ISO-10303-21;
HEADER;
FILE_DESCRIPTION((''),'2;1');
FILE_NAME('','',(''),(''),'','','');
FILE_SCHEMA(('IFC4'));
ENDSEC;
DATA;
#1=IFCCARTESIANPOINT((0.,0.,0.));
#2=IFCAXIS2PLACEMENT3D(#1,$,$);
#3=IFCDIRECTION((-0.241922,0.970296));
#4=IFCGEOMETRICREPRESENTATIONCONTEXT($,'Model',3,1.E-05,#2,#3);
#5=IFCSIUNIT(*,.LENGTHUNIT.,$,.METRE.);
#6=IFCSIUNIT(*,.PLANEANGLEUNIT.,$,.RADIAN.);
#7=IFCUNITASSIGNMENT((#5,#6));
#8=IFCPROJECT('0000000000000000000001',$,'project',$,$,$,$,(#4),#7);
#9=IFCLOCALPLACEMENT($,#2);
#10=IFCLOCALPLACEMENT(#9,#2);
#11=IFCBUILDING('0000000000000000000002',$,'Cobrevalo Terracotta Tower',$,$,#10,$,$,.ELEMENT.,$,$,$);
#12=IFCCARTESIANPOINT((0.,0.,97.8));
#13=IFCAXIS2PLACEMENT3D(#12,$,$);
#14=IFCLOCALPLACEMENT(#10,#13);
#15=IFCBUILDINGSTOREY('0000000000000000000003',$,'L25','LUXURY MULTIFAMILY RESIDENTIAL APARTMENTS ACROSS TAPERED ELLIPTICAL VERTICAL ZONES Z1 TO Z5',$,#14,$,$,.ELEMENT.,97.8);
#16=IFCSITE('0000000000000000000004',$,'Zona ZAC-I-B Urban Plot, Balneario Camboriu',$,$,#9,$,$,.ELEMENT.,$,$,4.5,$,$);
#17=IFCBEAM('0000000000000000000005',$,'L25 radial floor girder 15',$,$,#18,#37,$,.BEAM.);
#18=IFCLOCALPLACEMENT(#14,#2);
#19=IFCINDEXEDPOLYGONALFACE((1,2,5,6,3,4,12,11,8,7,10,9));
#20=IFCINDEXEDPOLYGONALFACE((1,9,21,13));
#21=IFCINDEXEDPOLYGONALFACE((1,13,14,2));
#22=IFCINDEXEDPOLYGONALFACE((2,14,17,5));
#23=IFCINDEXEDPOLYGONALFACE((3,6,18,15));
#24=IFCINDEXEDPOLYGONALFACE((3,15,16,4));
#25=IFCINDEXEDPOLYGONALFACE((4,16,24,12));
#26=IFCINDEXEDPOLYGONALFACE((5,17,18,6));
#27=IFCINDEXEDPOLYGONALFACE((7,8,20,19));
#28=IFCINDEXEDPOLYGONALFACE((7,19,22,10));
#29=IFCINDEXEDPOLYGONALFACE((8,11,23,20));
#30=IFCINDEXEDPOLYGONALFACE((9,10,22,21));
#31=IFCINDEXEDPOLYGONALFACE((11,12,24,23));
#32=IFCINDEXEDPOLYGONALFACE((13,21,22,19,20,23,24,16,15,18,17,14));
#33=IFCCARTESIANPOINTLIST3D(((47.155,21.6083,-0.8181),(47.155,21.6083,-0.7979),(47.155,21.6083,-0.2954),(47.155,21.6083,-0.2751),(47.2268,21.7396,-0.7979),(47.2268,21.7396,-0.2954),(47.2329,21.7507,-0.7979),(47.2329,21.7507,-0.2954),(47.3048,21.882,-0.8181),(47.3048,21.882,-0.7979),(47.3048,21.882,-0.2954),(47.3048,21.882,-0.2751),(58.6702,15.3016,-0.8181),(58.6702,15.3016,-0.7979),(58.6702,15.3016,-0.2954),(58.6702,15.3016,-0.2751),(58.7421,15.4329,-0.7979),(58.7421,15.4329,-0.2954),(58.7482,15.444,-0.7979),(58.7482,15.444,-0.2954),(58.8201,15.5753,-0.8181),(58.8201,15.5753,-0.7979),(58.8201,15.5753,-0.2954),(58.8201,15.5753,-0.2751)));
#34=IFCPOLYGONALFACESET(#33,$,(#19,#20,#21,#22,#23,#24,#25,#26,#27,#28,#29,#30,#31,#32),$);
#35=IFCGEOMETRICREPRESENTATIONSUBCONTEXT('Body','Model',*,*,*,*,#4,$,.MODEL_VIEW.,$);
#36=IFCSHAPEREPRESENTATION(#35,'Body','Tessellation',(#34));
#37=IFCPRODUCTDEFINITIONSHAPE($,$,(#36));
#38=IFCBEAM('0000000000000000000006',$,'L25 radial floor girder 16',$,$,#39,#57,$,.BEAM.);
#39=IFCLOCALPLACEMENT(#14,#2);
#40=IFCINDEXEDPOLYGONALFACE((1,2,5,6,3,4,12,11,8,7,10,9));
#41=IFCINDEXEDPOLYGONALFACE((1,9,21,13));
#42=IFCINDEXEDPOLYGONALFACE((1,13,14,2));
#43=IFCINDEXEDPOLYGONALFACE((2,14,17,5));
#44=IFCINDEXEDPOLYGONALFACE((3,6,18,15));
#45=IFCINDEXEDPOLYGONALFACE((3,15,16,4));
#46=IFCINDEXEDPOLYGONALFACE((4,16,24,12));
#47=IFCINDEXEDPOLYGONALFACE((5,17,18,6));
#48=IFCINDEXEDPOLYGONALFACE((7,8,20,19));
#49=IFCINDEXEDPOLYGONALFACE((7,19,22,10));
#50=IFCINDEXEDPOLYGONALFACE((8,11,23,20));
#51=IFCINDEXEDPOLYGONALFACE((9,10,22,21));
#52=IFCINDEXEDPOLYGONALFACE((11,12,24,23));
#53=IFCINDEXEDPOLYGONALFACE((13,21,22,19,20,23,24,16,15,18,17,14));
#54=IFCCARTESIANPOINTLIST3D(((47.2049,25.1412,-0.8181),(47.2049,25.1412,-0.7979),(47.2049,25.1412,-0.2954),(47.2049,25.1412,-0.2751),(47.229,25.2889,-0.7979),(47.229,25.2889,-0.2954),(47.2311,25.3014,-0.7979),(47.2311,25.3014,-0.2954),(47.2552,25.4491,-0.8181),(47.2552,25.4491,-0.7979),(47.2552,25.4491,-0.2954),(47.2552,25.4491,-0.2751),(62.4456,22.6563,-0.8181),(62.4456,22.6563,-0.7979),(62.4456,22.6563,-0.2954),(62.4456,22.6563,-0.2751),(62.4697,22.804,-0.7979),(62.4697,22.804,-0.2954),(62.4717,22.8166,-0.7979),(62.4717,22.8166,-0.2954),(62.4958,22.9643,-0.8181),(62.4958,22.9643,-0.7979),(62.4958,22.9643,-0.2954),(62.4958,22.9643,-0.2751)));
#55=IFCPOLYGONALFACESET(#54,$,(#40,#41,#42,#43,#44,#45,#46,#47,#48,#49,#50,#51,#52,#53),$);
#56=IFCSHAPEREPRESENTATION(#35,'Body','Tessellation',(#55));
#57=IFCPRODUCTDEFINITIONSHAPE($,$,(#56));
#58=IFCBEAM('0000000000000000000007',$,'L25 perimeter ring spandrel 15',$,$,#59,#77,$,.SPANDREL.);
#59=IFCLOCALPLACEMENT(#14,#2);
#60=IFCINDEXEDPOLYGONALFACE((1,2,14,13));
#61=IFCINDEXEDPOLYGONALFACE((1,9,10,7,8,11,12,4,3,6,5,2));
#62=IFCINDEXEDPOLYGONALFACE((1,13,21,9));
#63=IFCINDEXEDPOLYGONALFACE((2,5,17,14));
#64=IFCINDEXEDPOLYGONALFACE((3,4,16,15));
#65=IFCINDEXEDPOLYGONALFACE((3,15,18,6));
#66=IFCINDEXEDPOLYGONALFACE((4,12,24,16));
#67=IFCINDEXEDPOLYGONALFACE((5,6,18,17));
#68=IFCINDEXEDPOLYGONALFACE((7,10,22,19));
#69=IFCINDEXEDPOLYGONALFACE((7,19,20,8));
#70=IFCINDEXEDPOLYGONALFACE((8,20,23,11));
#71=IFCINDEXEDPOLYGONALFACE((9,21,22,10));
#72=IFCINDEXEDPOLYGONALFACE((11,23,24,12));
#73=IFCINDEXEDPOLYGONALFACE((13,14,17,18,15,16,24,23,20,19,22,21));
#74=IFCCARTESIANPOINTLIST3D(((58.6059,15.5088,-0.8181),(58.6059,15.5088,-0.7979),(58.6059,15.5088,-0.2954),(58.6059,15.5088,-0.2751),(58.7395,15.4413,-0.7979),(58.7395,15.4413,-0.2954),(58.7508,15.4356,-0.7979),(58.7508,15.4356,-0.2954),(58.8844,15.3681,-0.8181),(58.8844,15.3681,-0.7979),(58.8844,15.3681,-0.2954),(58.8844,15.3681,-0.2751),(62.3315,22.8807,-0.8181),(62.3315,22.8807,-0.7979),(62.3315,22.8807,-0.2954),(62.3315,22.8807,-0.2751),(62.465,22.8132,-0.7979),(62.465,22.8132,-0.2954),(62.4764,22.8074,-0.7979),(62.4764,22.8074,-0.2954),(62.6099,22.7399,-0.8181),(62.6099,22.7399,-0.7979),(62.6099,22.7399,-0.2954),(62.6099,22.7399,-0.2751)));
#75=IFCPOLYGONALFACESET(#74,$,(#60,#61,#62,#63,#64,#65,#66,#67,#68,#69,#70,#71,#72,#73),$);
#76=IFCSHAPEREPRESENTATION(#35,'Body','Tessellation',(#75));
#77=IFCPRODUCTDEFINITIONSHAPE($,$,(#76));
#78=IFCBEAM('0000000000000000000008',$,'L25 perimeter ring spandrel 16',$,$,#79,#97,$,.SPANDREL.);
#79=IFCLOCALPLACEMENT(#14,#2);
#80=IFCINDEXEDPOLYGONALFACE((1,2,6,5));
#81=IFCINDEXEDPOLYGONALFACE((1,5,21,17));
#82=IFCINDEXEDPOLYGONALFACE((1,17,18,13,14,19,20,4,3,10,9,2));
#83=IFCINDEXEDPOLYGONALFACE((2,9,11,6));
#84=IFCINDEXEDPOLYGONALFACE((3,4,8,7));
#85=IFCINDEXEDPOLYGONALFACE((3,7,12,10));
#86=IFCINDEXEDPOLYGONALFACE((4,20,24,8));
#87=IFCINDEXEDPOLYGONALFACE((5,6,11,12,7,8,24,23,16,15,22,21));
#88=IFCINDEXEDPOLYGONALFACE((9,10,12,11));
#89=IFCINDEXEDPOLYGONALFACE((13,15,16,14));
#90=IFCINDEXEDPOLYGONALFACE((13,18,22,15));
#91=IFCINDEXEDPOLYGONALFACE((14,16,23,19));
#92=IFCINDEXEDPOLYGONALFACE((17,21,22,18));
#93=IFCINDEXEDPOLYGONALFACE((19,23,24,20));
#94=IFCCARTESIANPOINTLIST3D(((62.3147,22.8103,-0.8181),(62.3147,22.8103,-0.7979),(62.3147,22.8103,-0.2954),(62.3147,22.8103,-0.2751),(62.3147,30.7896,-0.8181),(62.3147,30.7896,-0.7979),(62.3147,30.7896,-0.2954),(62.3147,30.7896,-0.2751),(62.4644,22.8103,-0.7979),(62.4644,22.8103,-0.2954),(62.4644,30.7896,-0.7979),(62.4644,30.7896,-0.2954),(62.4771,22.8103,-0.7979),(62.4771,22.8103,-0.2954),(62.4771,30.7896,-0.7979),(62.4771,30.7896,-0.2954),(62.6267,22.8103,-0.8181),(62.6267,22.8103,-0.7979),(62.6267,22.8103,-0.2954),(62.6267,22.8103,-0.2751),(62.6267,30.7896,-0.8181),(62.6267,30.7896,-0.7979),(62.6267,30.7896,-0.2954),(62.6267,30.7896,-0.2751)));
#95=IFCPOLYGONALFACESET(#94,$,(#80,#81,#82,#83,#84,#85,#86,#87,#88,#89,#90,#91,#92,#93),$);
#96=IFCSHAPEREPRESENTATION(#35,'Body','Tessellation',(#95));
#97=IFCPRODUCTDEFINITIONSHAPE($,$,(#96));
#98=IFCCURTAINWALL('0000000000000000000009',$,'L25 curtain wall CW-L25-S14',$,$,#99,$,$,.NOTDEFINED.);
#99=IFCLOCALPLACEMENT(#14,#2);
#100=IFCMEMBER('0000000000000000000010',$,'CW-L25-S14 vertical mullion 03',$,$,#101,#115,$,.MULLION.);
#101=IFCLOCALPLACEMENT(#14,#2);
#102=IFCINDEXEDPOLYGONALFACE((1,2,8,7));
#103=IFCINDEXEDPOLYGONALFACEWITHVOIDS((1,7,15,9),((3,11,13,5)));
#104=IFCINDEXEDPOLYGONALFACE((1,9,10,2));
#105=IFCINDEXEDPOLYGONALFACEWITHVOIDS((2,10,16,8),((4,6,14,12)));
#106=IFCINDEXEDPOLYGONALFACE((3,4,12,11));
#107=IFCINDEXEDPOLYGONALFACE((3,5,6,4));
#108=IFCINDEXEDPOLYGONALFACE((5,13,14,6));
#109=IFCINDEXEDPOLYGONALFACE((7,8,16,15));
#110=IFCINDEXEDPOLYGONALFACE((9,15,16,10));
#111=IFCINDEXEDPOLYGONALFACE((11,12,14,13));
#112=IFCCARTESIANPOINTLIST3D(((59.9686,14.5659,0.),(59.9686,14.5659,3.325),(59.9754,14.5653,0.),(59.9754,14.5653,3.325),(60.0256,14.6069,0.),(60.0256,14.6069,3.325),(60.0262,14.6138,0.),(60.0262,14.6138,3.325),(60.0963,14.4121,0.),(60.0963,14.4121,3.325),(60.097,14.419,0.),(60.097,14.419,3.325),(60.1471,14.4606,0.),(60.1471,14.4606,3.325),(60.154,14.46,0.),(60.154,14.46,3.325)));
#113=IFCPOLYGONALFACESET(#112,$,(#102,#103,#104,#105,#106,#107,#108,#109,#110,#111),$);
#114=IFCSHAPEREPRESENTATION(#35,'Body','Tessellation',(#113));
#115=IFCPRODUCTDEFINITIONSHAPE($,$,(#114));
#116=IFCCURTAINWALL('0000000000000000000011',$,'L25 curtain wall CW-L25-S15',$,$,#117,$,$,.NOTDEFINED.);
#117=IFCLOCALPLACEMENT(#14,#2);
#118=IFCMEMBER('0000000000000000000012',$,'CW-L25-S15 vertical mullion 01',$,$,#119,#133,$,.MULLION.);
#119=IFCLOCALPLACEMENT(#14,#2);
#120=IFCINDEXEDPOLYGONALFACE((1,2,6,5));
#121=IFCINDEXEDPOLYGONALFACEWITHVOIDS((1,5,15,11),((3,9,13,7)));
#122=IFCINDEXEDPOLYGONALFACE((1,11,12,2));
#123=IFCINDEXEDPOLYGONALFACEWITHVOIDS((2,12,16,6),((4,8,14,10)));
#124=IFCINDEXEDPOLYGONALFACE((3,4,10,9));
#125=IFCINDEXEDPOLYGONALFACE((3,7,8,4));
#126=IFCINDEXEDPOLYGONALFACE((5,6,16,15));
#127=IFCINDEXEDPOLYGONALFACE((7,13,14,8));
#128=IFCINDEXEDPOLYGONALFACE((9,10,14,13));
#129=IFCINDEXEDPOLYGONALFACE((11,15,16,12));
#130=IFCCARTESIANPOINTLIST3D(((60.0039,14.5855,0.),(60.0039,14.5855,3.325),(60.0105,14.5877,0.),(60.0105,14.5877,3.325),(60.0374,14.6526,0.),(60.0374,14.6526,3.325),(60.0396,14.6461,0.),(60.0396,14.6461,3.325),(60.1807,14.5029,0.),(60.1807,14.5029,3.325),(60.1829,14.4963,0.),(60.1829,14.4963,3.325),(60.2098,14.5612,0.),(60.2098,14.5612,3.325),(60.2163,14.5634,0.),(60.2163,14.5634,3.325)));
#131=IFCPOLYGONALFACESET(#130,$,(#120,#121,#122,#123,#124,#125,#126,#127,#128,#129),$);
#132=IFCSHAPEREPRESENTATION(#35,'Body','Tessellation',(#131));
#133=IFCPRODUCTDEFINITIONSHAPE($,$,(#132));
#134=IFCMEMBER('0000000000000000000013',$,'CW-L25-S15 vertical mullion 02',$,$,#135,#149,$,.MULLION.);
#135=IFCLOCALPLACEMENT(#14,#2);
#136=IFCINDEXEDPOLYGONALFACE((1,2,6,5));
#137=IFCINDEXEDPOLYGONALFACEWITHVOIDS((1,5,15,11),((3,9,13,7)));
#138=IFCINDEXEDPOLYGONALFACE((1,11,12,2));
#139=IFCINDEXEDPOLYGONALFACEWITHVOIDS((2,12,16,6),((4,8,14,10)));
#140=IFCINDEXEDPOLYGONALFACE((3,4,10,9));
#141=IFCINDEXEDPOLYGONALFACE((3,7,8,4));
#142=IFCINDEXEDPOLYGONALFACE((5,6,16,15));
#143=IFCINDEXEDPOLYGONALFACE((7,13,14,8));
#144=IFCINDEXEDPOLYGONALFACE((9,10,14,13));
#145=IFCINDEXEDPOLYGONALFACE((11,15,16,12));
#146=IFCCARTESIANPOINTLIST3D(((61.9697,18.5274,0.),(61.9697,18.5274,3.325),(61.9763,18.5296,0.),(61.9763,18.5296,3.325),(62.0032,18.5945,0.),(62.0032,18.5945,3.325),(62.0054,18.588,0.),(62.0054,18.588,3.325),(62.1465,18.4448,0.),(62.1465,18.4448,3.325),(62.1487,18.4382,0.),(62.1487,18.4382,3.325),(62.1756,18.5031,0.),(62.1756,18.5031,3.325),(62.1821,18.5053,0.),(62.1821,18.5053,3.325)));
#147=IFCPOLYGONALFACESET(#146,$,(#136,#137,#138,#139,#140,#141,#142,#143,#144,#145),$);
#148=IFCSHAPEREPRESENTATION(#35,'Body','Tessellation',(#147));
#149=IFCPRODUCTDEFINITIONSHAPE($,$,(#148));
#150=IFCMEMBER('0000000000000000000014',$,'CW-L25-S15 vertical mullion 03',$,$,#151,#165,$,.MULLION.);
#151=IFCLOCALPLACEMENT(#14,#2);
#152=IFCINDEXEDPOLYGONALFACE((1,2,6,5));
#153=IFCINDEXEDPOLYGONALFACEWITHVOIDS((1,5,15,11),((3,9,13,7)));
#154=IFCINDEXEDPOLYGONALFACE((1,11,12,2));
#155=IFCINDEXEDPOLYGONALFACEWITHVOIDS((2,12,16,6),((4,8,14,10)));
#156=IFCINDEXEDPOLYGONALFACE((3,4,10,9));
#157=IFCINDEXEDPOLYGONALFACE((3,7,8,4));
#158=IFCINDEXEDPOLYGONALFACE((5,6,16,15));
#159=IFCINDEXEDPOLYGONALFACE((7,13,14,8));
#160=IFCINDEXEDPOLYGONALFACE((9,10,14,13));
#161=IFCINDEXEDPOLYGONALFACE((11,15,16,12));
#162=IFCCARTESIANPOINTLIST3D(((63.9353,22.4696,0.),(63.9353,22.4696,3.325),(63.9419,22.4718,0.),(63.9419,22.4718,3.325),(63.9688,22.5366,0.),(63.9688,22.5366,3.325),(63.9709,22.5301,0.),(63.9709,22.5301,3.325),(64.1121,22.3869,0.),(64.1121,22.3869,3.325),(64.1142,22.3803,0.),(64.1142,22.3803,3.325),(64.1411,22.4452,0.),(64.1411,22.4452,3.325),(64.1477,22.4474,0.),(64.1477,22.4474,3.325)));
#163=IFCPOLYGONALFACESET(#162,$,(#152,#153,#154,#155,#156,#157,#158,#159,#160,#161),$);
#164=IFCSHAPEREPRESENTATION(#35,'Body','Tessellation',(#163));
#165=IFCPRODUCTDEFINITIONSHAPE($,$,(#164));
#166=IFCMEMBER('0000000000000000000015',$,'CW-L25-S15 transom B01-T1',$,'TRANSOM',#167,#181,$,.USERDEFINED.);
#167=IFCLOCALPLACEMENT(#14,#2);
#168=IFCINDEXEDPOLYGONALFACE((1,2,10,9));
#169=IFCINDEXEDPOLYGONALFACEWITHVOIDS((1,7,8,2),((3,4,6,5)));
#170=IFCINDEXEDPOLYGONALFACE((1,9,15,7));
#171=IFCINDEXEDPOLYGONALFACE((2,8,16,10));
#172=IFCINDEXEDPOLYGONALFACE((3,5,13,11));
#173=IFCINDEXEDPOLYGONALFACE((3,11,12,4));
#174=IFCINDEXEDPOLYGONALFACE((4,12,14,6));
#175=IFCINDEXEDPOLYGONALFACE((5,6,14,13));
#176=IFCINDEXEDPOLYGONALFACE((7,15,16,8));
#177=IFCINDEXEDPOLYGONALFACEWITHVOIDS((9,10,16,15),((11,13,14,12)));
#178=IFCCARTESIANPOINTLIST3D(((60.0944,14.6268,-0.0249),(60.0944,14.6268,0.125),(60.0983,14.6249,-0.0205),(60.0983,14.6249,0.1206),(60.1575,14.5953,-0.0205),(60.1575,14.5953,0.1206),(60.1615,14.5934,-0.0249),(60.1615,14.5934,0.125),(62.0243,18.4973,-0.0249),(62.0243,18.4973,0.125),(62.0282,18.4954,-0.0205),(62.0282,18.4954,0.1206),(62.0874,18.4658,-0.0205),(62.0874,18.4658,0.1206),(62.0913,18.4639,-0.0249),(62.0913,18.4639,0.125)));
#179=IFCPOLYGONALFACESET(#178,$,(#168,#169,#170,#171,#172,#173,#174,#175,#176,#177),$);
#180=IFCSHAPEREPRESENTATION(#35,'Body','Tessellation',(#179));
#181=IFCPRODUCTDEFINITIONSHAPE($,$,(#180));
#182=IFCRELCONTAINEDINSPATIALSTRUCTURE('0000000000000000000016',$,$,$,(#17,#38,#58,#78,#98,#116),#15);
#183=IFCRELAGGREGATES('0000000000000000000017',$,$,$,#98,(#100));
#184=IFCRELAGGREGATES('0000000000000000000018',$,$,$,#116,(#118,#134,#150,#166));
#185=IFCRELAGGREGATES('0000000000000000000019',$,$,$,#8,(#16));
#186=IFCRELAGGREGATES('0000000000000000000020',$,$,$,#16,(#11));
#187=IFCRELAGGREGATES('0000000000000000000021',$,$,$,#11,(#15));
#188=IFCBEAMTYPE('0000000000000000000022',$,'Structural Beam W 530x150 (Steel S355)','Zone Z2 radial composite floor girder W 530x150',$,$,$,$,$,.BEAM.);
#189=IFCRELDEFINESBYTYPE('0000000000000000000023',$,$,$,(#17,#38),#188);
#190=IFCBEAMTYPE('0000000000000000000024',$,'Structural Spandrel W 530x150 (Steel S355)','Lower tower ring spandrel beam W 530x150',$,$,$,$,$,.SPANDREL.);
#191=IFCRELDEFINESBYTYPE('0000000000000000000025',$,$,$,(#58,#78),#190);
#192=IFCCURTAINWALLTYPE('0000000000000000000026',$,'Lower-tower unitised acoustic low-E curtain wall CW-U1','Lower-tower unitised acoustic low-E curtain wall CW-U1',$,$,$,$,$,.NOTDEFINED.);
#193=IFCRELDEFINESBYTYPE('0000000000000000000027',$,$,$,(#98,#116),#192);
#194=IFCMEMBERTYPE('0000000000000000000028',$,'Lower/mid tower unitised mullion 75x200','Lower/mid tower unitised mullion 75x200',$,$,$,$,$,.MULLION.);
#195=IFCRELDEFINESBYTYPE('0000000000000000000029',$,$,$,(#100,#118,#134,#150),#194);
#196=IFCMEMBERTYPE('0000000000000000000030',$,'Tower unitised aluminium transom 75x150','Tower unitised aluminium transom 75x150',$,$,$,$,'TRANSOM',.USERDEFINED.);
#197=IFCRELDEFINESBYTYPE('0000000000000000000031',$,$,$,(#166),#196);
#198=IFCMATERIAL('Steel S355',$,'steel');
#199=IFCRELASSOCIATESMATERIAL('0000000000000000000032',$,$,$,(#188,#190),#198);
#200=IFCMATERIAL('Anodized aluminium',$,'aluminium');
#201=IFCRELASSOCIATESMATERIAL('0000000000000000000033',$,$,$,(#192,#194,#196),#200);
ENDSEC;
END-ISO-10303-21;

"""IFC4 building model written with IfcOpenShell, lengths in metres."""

from ifc_helpers import new_model, si_unit, direction, frame, origin, origin_2d, place, context, subcontext, project, spatial, hollow_rectangle, i_section, extrude, source, transform, mapped, material, material_profile, profile_set, type_object, element, aggregate, save


model = new_model("IFC4")

# Units and contexts
model_context = context("Model", 3, precision=1e-05, world=origin(), true_north=direction((-0.241922, 0.970296)))
body_context = subcontext(model_context, "Body", "Model", "MODEL_VIEW")
ifc_project = project(units=[si_unit("LENGTHUNIT", "METRE"), si_unit("PLANEANGLEUNIT", "RADIAN")], contexts=[model_context])

# Site, building, storey
site_placement = place(None, origin())
site = spatial("IfcSite", under=ifc_project, at=site_placement, Name="Zona ZAC-I-B Urban Plot, Balneario Camboriu", CompositionType="ELEMENT", RefElevation=4.5)
building_placement = place(site_placement, origin())
building = spatial("IfcBuilding", under=site, at=building_placement, Name="Cobrevalo Terracotta Tower", CompositionType="ELEMENT")
storey_placement = place(building_placement, frame((0.0, 0.0, 97.8)))
storey = spatial("IfcBuildingStorey", under=building, at=storey_placement, Name="L25", Description="LUXURY MULTIFAMILY RESIDENTIAL APARTMENTS ACROSS TAPERED ELLIPTICAL VERTICAL ZONES Z1 TO Z5", CompositionType="ELEMENT", Elevation=97.8)

# Shared definitions
ifc_material_1 = material(Name="Steel S355", Category="steel")

# Beams
ifc_material_profile_1 = material_profile(ifc_material_1, i_section(OverallWidth=0.312, OverallDepth=0.543, WebThickness=0.0127, FlangeThickness=0.0203, at=origin_2d()), Name="W 530x150")
ifc_profile_set_1 = profile_set([ifc_material_profile_1], Name="Steel S355")
beam_type_1 = type_object("IfcBeamType", Name="Structural Beam W 530x150 (Steel S355)", Description="Zone Z2 radial composite floor girder W 530x150", PredefinedType="BEAM", material=ifc_profile_set_1)
beam_1_placement = place(storey_placement, frame((58.7451, 15.4385, -0.5466), z_axis=(-0.877073, 0.480358, 0.0), x_axis=(-0.480358, -0.877073, 0.0)))
element("IfcBeam", 1, at=beam_1_placement, inside=storey, type_object=beam_type_1, Name="L25 radial floor girder 15", PredefinedType="BEAM", context=body_context, shape_type="SweptSolid", body=[
    extrude(i_section(OverallWidth=0.312, OverallDepth=0.543, WebThickness=0.0127, FlangeThickness=0.0203, at=origin_2d()), origin(), (0.0, 0.0, 1.0), 13.1292),
])
beam_2_placement = place(storey_placement, frame((62.4707, 22.8103, -0.5466), z_axis=(-0.986968, 0.160916, 0.0), x_axis=(-0.160916, -0.986968, 0.0)))
element("IfcBeam", 2, at=beam_2_placement, inside=storey, type_object=beam_type_1, Name="L25 radial floor girder 16", PredefinedType="BEAM", context=body_context, shape_type="SweptSolid", body=[
    extrude(i_section(OverallWidth=0.312, OverallDepth=0.543, WebThickness=0.0127, FlangeThickness=0.0203, at=origin_2d()), origin(), (0.0, 0.0, 1.0), 15.4419),
])
ifc_material_profile_2 = material_profile(ifc_material_1, i_section(OverallWidth=0.312, OverallDepth=0.543, WebThickness=0.0127, FlangeThickness=0.0203, at=origin_2d()), Name="W 530x150")
ifc_profile_set_2 = profile_set([ifc_material_profile_2], Name="Steel S355")
beam_type_2 = type_object("IfcBeamType", Name="Structural Spandrel W 530x150 (Steel S355)", Description="Lower tower ring spandrel beam W 530x150", PredefinedType="SPANDREL", material=ifc_profile_set_2)
beam_3_placement = place(storey_placement, frame((58.7451, 15.4385, -0.5466), z_axis=(0.451052, 0.892498, 0.0), x_axis=(-0.892498, 0.451052, 0.0)))
element("IfcBeam", 3, at=beam_3_placement, inside=storey, type_object=beam_type_2, Name="L25 perimeter ring spandrel 15", PredefinedType="SPANDREL", context=body_context, shape_type="SweptSolid", body=[
    extrude(i_section(OverallWidth=0.312, OverallDepth=0.543, WebThickness=0.0127, FlangeThickness=0.0203, at=origin_2d()), origin(), (0.0, 0.0, 1.0), 8.2598),
])
beam_4_placement = place(storey_placement, frame((62.4707, 22.8103, -0.5466), z_axis=(0.0, 1.0, 0.0), x_axis=(-1.0, 0.0, 0.0)))
element("IfcBeam", 4, at=beam_4_placement, inside=storey, type_object=beam_type_2, Name="L25 perimeter ring spandrel 16", PredefinedType="SPANDREL", context=body_context, shape_type="SweptSolid", body=[
    extrude(i_section(OverallWidth=0.312, OverallDepth=0.543, WebThickness=0.0127, FlangeThickness=0.0203, at=origin_2d()), origin(), (0.0, 0.0, 1.0), 7.9792),
])

# Curtain wall, member
ifc_material_2 = material(Name="Anodized aluminium", Category="aluminium")
curtain_wall_type = type_object("IfcCurtainWallType", Name="Lower-tower unitised acoustic low-E curtain wall CW-U1", Description="Lower-tower unitised acoustic low-E curtain wall CW-U1", PredefinedType="NOTDEFINED", material=ifc_material_2)
curtain_wall_1_placement = place(storey_placement, origin())
curtain_wall_1 = element("IfcCurtainWall", 5, at=curtain_wall_1_placement, inside=storey, type_object=curtain_wall_type, Name="L25 curtain wall CW-L25-S14", PredefinedType="NOTDEFINED")
ifc_material_profile_3 = material_profile(ifc_material_2, hollow_rectangle(XDim=0.075, YDim=0.2, WallThickness=0.0049, at=origin_2d()), Name="CWM 75x200")
ifc_profile_set_3 = profile_set([ifc_material_profile_3], Name="Anodized aluminium")
member_type_1 = type_object("IfcMemberType", Name="Lower/mid tower unitised mullion 75x200", Description="Lower/mid tower unitised mullion 75x200", PredefinedType="MULLION", material=ifc_profile_set_3)
shared_shape_1 = source(origin(), body_context, "Body", "SweptSolid", [
    extrude(hollow_rectangle(XDim=0.075, YDim=0.2, WallThickness=0.0049, at=origin_2d()), origin(), (0.0, 0.0, 1.0), 3.325),
])
member_1_placement = place(storey_placement, frame((60.0613, 14.5129, 0.0), z_axis=(0.0, 0.0, 1.0), x_axis=(0.769243, 0.638956, 0.0)))
member_1 = element("IfcMember", 6, at=member_1_placement, type_object=member_type_1, Name="CW-L25-S14 vertical mullion 03", PredefinedType="MULLION", context=body_context, shape_type="MappedRepresentation", body=[
    mapped(shared_shape_1, transform((0.0, 0.0, 0.0), scale=1.0)),
])

# Curtain wall, members
curtain_wall_2_placement = place(storey_placement, origin())
curtain_wall_2 = element("IfcCurtainWall", 7, at=curtain_wall_2_placement, inside=storey, type_object=curtain_wall_type, Name="L25 curtain wall CW-L25-S15", PredefinedType="NOTDEFINED")
member_2_placement = place(storey_placement, frame((60.1101, 14.5745, 0.0), z_axis=(0.0, 0.0, 1.0), x_axis=(0.44626, 0.894903, 0.0)))
member_2 = element("IfcMember", 8, at=member_2_placement, type_object=member_type_1, Name="CW-L25-S15 vertical mullion 01", PredefinedType="MULLION", context=body_context, shape_type="MappedRepresentation", body=[
    mapped(shared_shape_1, transform((0.0, 0.0, 0.0), scale=1.0)),
])
member_3_placement = place(storey_placement, frame((62.0759, 18.5164, 0.0), z_axis=(0.0, 0.0, 1.0), x_axis=(0.44626, 0.894903, 0.0)))
member_3 = element("IfcMember", 9, at=member_3_placement, type_object=member_type_1, Name="CW-L25-S15 vertical mullion 02", PredefinedType="MULLION", context=body_context, shape_type="MappedRepresentation", body=[
    mapped(shared_shape_1, transform((0.0, 0.0, 0.0), scale=1.0)),
])
member_4_placement = place(storey_placement, frame((64.0415, 22.4585, 0.0), z_axis=(0.0, 0.0, 1.0), x_axis=(0.44626, 0.894903, 0.0)))
member_4 = element("IfcMember", 10, at=member_4_placement, type_object=member_type_1, Name="CW-L25-S15 vertical mullion 03", PredefinedType="MULLION", context=body_context, shape_type="MappedRepresentation", body=[
    mapped(shared_shape_1, transform((0.0, 0.0, 0.0), scale=1.0)),
])
ifc_material_profile_4 = material_profile(ifc_material_2, hollow_rectangle(XDim=0.075, YDim=0.1499, WallThickness=0.0044, at=origin_2d()), Name="CWT 75x150")
ifc_profile_set_4 = profile_set([ifc_material_profile_4], Name="Anodized aluminium")
member_type_2 = type_object("IfcMemberType", Name="Tower unitised aluminium transom 75x150", Description="Tower unitised aluminium transom 75x150", ElementType="TRANSOM", PredefinedType="USERDEFINED", material=ifc_profile_set_4)
shared_shape_2 = source(origin(), body_context, "Body", "SweptSolid", [
    extrude(hollow_rectangle(XDim=0.075, YDim=0.1499, WallThickness=0.0044, at=origin_2d()), origin(), (0.0, 0.0, 1.0), 4.325),
])
member_5_placement = place(storey_placement, frame((60.1279, 14.6101, 0.05), z_axis=(0.44622, 0.894923, 0.0), x_axis=(-0.894923, 0.44622, 0.0)))
member_5 = element("IfcMember", 11, at=member_5_placement, type_object=member_type_2, Name="CW-L25-S15 transom B01-T1", ObjectType="TRANSOM", PredefinedType="USERDEFINED", context=body_context, shape_type="MappedRepresentation", body=[
    mapped(shared_shape_2, transform((0.0, 0.0, 0.0), scale=1.0)),
])

aggregate(curtain_wall_1, [member_1])
aggregate(curtain_wall_2, [member_2, member_3, member_4, member_5])

save(model, "model.ifc")
